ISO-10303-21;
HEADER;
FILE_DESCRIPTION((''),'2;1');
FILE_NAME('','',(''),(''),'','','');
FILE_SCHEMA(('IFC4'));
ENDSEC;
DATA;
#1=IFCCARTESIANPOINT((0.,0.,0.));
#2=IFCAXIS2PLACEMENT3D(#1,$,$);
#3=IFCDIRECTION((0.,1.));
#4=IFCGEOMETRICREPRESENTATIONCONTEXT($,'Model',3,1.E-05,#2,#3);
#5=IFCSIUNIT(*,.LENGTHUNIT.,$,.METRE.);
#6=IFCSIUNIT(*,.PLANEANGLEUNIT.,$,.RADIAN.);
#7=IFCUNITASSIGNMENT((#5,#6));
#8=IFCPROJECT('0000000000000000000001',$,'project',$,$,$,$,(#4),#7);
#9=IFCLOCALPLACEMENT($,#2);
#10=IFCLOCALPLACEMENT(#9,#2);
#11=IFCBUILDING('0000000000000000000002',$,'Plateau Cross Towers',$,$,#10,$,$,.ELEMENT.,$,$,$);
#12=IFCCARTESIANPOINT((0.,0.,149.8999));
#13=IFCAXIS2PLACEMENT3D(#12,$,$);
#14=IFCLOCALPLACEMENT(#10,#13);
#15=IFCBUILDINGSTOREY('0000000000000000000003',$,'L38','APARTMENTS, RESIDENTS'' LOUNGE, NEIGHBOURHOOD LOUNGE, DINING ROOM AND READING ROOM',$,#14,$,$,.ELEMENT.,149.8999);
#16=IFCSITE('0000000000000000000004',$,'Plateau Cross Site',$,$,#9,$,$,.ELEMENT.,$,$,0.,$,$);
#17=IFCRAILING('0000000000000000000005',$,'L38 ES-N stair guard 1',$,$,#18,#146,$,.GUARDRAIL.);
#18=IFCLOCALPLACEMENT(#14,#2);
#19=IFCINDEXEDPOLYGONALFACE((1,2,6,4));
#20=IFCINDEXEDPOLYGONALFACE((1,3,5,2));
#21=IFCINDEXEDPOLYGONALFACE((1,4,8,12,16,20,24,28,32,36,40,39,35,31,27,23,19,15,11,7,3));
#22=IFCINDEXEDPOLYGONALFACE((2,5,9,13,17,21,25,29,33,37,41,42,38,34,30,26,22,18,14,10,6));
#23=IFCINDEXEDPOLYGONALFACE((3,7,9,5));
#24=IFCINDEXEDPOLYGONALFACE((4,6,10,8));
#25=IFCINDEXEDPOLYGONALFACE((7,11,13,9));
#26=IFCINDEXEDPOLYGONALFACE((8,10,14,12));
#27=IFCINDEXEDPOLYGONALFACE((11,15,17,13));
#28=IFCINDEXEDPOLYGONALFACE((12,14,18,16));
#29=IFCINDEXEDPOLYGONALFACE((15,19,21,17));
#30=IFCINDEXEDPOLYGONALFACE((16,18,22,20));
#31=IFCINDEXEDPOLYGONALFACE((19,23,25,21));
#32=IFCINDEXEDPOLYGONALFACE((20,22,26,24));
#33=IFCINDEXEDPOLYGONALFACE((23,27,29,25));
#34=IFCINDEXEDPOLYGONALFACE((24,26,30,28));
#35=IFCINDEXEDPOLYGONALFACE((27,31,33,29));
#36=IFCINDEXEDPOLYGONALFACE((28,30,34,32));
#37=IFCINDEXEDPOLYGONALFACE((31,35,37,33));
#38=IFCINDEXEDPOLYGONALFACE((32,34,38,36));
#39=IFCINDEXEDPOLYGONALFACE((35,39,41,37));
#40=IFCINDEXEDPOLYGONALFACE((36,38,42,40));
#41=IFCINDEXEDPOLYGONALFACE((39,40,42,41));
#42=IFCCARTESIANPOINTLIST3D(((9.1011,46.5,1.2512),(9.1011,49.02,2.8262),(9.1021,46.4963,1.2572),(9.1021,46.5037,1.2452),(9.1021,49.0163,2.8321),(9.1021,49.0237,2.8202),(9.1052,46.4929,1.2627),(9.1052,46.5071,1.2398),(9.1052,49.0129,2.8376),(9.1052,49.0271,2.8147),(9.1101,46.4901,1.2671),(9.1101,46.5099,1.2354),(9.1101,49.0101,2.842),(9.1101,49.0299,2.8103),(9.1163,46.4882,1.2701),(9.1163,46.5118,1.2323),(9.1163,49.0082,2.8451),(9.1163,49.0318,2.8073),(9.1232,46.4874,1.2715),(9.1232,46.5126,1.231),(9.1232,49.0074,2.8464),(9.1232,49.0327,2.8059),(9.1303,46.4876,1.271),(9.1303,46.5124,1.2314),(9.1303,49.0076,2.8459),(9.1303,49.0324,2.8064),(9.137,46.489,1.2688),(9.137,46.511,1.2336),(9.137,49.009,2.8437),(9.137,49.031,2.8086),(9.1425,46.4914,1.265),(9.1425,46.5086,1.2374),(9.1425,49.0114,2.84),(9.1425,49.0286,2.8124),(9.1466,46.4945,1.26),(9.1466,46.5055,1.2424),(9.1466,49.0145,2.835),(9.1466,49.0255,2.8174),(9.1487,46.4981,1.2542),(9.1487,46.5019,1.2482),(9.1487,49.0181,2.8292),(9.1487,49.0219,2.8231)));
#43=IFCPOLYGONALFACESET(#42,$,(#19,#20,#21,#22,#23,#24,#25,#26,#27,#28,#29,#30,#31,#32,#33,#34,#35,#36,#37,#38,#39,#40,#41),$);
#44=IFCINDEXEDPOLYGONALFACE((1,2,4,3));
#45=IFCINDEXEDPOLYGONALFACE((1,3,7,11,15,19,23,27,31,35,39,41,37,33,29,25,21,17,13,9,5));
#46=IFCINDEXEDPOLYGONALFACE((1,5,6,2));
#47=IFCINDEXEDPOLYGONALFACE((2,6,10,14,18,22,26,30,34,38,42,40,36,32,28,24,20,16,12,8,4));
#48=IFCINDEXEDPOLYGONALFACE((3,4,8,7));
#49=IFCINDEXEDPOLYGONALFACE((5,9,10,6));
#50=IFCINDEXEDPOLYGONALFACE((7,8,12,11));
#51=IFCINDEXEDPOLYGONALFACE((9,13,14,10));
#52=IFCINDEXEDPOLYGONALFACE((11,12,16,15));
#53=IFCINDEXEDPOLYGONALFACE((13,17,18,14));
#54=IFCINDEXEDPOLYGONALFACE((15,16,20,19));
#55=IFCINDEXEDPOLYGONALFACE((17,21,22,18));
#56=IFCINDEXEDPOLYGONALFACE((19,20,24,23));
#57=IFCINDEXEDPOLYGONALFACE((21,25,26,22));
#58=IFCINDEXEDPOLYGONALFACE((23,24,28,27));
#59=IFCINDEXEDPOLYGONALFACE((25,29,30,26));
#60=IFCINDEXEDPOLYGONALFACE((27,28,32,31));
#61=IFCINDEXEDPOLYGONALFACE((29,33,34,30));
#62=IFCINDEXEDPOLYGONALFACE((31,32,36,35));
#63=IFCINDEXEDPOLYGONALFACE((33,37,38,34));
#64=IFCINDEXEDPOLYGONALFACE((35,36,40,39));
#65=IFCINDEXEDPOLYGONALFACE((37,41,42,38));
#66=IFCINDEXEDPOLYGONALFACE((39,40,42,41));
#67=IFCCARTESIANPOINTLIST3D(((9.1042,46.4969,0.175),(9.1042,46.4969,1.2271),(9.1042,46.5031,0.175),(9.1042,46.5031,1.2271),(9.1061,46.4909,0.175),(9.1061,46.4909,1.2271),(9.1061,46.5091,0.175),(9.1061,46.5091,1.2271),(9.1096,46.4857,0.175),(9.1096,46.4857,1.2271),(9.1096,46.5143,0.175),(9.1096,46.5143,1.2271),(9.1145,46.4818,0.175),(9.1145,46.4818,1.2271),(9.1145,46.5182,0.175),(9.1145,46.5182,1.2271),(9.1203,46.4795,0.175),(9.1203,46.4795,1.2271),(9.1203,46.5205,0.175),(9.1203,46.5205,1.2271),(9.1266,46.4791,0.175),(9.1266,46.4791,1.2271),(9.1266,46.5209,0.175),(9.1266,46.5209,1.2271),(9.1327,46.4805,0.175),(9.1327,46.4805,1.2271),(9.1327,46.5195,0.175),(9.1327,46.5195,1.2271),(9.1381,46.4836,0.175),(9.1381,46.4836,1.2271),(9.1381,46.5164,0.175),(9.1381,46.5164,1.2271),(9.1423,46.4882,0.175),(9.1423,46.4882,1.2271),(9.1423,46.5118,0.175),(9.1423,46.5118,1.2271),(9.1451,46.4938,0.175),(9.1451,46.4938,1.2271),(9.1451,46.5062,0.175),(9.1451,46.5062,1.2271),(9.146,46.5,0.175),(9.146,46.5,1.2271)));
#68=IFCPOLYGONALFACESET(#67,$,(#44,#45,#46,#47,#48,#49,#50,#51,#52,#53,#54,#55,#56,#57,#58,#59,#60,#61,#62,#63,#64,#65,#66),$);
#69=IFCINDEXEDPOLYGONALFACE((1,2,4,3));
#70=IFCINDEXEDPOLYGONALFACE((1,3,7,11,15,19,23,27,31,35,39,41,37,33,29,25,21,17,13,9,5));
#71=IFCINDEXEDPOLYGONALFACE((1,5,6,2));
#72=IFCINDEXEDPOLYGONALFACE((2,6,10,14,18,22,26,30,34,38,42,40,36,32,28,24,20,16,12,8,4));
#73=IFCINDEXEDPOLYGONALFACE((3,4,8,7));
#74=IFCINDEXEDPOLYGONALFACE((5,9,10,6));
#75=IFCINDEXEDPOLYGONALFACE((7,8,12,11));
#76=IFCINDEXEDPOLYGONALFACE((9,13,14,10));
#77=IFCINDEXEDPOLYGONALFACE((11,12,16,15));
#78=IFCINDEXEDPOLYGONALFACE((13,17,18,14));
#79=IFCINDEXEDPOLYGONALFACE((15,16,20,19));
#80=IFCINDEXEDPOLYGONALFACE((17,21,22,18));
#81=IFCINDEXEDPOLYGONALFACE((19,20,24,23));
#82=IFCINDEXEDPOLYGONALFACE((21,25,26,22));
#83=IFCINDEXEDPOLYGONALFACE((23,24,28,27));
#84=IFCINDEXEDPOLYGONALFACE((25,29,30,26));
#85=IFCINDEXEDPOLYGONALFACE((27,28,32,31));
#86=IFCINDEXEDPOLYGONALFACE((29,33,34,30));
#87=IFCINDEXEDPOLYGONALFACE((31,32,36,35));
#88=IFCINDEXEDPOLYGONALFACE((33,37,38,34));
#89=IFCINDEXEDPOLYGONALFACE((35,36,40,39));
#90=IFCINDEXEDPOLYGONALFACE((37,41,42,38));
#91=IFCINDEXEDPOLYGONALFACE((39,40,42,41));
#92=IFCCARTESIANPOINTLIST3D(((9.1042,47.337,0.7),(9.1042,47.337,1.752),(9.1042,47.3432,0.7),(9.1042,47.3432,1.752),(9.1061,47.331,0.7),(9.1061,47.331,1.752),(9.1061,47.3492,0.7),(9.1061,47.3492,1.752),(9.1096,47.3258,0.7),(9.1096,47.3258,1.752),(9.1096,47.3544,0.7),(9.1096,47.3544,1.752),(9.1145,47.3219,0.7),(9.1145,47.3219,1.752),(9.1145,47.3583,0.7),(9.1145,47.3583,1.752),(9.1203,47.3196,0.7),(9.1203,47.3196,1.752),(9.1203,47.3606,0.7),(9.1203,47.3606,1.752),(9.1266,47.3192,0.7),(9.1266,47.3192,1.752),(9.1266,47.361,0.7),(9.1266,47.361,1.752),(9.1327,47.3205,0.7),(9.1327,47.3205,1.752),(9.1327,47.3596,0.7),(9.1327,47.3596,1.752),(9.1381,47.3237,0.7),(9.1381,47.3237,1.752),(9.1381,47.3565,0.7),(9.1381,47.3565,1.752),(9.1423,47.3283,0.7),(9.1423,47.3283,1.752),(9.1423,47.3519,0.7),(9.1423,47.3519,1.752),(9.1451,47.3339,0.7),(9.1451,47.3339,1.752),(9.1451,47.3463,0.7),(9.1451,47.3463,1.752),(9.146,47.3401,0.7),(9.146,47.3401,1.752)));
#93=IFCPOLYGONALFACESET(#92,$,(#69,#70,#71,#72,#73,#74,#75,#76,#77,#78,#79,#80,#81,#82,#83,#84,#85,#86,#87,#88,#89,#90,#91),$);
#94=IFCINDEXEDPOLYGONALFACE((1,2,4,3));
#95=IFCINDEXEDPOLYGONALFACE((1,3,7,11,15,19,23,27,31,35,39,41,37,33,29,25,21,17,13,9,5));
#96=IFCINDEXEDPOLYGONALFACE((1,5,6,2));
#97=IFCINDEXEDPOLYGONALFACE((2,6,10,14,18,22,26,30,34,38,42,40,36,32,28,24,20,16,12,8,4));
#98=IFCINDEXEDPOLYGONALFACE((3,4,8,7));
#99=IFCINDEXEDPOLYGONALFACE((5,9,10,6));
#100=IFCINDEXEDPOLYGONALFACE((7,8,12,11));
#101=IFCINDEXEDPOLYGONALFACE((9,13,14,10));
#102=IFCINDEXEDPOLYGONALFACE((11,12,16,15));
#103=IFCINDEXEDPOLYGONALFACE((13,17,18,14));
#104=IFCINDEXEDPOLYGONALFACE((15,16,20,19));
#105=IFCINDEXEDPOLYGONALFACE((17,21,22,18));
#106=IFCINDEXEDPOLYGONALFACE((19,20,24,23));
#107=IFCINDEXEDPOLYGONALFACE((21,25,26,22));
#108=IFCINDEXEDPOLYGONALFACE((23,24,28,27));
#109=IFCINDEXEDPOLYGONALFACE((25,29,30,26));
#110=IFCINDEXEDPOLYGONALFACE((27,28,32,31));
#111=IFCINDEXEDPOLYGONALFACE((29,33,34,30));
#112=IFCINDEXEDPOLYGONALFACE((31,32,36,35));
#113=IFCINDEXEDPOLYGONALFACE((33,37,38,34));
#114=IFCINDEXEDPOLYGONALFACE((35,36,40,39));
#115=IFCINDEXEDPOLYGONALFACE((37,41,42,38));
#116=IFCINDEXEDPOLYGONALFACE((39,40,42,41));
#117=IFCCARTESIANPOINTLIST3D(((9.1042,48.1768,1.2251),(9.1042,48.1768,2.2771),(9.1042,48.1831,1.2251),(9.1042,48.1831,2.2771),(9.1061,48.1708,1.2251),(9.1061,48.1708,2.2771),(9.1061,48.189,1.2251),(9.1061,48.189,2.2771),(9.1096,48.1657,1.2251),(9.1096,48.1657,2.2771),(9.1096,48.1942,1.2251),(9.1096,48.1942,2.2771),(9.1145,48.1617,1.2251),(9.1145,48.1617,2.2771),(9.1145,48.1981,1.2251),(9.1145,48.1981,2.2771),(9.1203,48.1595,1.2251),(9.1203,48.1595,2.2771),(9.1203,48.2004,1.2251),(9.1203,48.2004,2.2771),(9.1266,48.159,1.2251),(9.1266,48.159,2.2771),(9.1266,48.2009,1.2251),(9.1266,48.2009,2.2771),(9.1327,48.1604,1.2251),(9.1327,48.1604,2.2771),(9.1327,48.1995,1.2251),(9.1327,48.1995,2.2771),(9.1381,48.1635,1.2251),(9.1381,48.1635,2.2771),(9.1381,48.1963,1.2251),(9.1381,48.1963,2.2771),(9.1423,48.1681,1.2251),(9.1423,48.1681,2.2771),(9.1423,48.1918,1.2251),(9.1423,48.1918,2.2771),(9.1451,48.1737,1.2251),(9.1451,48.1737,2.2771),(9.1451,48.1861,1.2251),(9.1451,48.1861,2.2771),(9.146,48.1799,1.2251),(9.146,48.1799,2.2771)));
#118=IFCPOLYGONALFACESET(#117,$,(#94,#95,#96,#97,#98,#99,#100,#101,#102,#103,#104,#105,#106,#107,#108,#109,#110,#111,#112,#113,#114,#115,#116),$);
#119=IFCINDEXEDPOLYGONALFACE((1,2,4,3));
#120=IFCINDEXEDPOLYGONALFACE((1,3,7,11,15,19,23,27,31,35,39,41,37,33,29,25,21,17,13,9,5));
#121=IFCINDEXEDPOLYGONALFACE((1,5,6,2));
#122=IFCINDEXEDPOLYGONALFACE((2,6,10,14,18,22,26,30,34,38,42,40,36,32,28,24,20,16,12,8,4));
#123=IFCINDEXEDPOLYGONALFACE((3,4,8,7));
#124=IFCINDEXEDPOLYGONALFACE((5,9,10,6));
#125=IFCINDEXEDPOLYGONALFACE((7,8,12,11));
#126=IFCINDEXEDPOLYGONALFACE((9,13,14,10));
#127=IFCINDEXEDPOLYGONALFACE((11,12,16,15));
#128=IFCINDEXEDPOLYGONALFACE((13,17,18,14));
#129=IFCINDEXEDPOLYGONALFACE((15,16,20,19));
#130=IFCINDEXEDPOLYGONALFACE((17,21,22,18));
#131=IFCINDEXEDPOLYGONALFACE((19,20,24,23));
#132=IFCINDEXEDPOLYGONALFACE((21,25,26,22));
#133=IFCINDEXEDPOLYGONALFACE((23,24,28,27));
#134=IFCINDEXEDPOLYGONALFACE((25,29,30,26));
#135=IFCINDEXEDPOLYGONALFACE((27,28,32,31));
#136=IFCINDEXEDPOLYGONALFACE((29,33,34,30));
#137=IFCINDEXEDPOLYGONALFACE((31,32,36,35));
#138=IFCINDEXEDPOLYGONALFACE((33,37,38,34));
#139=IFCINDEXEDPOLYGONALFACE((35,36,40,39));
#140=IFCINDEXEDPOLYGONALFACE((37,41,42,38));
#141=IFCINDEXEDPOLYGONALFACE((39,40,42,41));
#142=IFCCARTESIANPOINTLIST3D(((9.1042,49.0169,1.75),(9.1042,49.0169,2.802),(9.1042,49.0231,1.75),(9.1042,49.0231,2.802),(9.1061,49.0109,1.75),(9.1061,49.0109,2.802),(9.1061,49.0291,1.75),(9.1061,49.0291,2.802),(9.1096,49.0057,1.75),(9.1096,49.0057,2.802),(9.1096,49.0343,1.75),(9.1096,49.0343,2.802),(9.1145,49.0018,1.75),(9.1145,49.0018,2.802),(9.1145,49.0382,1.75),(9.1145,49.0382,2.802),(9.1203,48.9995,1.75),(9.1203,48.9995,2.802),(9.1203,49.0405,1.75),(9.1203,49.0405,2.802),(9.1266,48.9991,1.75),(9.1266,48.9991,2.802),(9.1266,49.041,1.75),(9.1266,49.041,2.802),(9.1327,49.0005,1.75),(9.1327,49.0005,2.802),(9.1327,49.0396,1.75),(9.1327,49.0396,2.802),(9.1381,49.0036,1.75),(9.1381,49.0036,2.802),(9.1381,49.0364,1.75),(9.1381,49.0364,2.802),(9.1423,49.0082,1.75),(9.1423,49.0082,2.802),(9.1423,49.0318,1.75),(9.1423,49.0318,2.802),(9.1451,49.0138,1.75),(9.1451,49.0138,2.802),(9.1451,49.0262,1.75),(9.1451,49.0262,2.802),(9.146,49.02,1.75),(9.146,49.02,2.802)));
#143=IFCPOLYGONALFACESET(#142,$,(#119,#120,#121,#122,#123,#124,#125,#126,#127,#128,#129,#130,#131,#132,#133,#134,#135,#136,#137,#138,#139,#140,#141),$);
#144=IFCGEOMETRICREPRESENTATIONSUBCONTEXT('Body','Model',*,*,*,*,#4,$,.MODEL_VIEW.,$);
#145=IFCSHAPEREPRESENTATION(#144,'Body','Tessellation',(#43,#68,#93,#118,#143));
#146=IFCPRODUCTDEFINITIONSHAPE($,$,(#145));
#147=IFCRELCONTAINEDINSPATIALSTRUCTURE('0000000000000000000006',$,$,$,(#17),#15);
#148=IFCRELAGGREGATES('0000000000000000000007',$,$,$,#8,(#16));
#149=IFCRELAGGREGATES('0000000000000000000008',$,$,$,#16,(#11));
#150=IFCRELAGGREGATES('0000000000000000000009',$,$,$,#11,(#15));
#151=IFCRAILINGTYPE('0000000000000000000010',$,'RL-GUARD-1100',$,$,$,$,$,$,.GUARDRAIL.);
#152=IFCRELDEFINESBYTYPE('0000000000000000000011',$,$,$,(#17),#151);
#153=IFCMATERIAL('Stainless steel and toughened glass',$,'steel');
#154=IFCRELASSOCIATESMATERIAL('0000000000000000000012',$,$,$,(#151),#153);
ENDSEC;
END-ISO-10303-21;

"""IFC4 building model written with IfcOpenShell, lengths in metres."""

from ifc_helpers import new_model, si_unit, direction, frame, origin, origin_2d, place, context, subcontext, project, spatial, circle, extrude, material, type_object, element, save


model = new_model("IFC4")

# Units and contexts
model_context = context("Model", 3, precision=1e-05, world=origin(), true_north=direction((0.0, 1.0)))
body_context = subcontext(model_context, "Body", "Model", "MODEL_VIEW")
ifc_project = project(units=[si_unit("LENGTHUNIT", "METRE"), si_unit("PLANEANGLEUNIT", "RADIAN")], contexts=[model_context])

# Site, building, storey
site_placement = place(None, origin())
site = spatial("IfcSite", under=ifc_project, at=site_placement, Name="Plateau Cross Site", CompositionType="ELEMENT", RefElevation=0.0)
building_placement = place(site_placement, origin())
building = spatial("IfcBuilding", under=site, at=building_placement, Name="Plateau Cross Towers", CompositionType="ELEMENT")
storey_placement = place(building_placement, frame((0.0, 0.0, 149.8999)))
storey = spatial("IfcBuildingStorey", under=building, at=storey_placement, Name="L38", Description="APARTMENTS, RESIDENTS' LOUNGE, NEIGHBOURHOOD LOUNGE, DINING ROOM AND READING ROOM", CompositionType="ELEMENT", Elevation=149.8999)

# Railing
ifc_material_1 = material(Name="Stainless steel and toughened glass", Category="steel")
railing_type_1 = type_object("IfcRailingType", Name="RL-GUARD-1100", PredefinedType="GUARDRAIL", material=ifc_material_1)
railing_1_placement = place(storey_placement, frame((9.125, 46.5, 0.175)))
element("IfcRailing", 1, at=railing_1_placement, inside=storey, type_object=railing_type_1, Name="L38 ES-N stair guard 1", PredefinedType="GUARDRAIL", context=body_context, shape_type="SweptSolid", body=[
    extrude(circle(Radius=0.0239, at=origin_2d()), frame((0.0, 0.0, 1.0762), z_axis=(0.0, 0.848008, 0.529984), x_axis=(-1.0, 0.0, 0.0)), (0.0, 0.0, 1.0), 2.9717),
    extrude(circle(Radius=0.021, at=origin_2d()), origin(), (0.0, 0.0, 1.0), 1.052),
    extrude(circle(Radius=0.021, at=origin_2d()), frame((0.0, 0.8401, 0.5249)), (0.0, 0.0, 1.0), 1.052),
    extrude(circle(Radius=0.021, at=origin_2d()), frame((0.0, 1.6799, 1.05)), (0.0, 0.0, 1.0), 1.052),
    extrude(circle(Radius=0.021, at=origin_2d()), frame((0.0, 2.52, 1.575)), (0.0, 0.0, 1.0), 1.052),
])

save(model, "model.ifc")
